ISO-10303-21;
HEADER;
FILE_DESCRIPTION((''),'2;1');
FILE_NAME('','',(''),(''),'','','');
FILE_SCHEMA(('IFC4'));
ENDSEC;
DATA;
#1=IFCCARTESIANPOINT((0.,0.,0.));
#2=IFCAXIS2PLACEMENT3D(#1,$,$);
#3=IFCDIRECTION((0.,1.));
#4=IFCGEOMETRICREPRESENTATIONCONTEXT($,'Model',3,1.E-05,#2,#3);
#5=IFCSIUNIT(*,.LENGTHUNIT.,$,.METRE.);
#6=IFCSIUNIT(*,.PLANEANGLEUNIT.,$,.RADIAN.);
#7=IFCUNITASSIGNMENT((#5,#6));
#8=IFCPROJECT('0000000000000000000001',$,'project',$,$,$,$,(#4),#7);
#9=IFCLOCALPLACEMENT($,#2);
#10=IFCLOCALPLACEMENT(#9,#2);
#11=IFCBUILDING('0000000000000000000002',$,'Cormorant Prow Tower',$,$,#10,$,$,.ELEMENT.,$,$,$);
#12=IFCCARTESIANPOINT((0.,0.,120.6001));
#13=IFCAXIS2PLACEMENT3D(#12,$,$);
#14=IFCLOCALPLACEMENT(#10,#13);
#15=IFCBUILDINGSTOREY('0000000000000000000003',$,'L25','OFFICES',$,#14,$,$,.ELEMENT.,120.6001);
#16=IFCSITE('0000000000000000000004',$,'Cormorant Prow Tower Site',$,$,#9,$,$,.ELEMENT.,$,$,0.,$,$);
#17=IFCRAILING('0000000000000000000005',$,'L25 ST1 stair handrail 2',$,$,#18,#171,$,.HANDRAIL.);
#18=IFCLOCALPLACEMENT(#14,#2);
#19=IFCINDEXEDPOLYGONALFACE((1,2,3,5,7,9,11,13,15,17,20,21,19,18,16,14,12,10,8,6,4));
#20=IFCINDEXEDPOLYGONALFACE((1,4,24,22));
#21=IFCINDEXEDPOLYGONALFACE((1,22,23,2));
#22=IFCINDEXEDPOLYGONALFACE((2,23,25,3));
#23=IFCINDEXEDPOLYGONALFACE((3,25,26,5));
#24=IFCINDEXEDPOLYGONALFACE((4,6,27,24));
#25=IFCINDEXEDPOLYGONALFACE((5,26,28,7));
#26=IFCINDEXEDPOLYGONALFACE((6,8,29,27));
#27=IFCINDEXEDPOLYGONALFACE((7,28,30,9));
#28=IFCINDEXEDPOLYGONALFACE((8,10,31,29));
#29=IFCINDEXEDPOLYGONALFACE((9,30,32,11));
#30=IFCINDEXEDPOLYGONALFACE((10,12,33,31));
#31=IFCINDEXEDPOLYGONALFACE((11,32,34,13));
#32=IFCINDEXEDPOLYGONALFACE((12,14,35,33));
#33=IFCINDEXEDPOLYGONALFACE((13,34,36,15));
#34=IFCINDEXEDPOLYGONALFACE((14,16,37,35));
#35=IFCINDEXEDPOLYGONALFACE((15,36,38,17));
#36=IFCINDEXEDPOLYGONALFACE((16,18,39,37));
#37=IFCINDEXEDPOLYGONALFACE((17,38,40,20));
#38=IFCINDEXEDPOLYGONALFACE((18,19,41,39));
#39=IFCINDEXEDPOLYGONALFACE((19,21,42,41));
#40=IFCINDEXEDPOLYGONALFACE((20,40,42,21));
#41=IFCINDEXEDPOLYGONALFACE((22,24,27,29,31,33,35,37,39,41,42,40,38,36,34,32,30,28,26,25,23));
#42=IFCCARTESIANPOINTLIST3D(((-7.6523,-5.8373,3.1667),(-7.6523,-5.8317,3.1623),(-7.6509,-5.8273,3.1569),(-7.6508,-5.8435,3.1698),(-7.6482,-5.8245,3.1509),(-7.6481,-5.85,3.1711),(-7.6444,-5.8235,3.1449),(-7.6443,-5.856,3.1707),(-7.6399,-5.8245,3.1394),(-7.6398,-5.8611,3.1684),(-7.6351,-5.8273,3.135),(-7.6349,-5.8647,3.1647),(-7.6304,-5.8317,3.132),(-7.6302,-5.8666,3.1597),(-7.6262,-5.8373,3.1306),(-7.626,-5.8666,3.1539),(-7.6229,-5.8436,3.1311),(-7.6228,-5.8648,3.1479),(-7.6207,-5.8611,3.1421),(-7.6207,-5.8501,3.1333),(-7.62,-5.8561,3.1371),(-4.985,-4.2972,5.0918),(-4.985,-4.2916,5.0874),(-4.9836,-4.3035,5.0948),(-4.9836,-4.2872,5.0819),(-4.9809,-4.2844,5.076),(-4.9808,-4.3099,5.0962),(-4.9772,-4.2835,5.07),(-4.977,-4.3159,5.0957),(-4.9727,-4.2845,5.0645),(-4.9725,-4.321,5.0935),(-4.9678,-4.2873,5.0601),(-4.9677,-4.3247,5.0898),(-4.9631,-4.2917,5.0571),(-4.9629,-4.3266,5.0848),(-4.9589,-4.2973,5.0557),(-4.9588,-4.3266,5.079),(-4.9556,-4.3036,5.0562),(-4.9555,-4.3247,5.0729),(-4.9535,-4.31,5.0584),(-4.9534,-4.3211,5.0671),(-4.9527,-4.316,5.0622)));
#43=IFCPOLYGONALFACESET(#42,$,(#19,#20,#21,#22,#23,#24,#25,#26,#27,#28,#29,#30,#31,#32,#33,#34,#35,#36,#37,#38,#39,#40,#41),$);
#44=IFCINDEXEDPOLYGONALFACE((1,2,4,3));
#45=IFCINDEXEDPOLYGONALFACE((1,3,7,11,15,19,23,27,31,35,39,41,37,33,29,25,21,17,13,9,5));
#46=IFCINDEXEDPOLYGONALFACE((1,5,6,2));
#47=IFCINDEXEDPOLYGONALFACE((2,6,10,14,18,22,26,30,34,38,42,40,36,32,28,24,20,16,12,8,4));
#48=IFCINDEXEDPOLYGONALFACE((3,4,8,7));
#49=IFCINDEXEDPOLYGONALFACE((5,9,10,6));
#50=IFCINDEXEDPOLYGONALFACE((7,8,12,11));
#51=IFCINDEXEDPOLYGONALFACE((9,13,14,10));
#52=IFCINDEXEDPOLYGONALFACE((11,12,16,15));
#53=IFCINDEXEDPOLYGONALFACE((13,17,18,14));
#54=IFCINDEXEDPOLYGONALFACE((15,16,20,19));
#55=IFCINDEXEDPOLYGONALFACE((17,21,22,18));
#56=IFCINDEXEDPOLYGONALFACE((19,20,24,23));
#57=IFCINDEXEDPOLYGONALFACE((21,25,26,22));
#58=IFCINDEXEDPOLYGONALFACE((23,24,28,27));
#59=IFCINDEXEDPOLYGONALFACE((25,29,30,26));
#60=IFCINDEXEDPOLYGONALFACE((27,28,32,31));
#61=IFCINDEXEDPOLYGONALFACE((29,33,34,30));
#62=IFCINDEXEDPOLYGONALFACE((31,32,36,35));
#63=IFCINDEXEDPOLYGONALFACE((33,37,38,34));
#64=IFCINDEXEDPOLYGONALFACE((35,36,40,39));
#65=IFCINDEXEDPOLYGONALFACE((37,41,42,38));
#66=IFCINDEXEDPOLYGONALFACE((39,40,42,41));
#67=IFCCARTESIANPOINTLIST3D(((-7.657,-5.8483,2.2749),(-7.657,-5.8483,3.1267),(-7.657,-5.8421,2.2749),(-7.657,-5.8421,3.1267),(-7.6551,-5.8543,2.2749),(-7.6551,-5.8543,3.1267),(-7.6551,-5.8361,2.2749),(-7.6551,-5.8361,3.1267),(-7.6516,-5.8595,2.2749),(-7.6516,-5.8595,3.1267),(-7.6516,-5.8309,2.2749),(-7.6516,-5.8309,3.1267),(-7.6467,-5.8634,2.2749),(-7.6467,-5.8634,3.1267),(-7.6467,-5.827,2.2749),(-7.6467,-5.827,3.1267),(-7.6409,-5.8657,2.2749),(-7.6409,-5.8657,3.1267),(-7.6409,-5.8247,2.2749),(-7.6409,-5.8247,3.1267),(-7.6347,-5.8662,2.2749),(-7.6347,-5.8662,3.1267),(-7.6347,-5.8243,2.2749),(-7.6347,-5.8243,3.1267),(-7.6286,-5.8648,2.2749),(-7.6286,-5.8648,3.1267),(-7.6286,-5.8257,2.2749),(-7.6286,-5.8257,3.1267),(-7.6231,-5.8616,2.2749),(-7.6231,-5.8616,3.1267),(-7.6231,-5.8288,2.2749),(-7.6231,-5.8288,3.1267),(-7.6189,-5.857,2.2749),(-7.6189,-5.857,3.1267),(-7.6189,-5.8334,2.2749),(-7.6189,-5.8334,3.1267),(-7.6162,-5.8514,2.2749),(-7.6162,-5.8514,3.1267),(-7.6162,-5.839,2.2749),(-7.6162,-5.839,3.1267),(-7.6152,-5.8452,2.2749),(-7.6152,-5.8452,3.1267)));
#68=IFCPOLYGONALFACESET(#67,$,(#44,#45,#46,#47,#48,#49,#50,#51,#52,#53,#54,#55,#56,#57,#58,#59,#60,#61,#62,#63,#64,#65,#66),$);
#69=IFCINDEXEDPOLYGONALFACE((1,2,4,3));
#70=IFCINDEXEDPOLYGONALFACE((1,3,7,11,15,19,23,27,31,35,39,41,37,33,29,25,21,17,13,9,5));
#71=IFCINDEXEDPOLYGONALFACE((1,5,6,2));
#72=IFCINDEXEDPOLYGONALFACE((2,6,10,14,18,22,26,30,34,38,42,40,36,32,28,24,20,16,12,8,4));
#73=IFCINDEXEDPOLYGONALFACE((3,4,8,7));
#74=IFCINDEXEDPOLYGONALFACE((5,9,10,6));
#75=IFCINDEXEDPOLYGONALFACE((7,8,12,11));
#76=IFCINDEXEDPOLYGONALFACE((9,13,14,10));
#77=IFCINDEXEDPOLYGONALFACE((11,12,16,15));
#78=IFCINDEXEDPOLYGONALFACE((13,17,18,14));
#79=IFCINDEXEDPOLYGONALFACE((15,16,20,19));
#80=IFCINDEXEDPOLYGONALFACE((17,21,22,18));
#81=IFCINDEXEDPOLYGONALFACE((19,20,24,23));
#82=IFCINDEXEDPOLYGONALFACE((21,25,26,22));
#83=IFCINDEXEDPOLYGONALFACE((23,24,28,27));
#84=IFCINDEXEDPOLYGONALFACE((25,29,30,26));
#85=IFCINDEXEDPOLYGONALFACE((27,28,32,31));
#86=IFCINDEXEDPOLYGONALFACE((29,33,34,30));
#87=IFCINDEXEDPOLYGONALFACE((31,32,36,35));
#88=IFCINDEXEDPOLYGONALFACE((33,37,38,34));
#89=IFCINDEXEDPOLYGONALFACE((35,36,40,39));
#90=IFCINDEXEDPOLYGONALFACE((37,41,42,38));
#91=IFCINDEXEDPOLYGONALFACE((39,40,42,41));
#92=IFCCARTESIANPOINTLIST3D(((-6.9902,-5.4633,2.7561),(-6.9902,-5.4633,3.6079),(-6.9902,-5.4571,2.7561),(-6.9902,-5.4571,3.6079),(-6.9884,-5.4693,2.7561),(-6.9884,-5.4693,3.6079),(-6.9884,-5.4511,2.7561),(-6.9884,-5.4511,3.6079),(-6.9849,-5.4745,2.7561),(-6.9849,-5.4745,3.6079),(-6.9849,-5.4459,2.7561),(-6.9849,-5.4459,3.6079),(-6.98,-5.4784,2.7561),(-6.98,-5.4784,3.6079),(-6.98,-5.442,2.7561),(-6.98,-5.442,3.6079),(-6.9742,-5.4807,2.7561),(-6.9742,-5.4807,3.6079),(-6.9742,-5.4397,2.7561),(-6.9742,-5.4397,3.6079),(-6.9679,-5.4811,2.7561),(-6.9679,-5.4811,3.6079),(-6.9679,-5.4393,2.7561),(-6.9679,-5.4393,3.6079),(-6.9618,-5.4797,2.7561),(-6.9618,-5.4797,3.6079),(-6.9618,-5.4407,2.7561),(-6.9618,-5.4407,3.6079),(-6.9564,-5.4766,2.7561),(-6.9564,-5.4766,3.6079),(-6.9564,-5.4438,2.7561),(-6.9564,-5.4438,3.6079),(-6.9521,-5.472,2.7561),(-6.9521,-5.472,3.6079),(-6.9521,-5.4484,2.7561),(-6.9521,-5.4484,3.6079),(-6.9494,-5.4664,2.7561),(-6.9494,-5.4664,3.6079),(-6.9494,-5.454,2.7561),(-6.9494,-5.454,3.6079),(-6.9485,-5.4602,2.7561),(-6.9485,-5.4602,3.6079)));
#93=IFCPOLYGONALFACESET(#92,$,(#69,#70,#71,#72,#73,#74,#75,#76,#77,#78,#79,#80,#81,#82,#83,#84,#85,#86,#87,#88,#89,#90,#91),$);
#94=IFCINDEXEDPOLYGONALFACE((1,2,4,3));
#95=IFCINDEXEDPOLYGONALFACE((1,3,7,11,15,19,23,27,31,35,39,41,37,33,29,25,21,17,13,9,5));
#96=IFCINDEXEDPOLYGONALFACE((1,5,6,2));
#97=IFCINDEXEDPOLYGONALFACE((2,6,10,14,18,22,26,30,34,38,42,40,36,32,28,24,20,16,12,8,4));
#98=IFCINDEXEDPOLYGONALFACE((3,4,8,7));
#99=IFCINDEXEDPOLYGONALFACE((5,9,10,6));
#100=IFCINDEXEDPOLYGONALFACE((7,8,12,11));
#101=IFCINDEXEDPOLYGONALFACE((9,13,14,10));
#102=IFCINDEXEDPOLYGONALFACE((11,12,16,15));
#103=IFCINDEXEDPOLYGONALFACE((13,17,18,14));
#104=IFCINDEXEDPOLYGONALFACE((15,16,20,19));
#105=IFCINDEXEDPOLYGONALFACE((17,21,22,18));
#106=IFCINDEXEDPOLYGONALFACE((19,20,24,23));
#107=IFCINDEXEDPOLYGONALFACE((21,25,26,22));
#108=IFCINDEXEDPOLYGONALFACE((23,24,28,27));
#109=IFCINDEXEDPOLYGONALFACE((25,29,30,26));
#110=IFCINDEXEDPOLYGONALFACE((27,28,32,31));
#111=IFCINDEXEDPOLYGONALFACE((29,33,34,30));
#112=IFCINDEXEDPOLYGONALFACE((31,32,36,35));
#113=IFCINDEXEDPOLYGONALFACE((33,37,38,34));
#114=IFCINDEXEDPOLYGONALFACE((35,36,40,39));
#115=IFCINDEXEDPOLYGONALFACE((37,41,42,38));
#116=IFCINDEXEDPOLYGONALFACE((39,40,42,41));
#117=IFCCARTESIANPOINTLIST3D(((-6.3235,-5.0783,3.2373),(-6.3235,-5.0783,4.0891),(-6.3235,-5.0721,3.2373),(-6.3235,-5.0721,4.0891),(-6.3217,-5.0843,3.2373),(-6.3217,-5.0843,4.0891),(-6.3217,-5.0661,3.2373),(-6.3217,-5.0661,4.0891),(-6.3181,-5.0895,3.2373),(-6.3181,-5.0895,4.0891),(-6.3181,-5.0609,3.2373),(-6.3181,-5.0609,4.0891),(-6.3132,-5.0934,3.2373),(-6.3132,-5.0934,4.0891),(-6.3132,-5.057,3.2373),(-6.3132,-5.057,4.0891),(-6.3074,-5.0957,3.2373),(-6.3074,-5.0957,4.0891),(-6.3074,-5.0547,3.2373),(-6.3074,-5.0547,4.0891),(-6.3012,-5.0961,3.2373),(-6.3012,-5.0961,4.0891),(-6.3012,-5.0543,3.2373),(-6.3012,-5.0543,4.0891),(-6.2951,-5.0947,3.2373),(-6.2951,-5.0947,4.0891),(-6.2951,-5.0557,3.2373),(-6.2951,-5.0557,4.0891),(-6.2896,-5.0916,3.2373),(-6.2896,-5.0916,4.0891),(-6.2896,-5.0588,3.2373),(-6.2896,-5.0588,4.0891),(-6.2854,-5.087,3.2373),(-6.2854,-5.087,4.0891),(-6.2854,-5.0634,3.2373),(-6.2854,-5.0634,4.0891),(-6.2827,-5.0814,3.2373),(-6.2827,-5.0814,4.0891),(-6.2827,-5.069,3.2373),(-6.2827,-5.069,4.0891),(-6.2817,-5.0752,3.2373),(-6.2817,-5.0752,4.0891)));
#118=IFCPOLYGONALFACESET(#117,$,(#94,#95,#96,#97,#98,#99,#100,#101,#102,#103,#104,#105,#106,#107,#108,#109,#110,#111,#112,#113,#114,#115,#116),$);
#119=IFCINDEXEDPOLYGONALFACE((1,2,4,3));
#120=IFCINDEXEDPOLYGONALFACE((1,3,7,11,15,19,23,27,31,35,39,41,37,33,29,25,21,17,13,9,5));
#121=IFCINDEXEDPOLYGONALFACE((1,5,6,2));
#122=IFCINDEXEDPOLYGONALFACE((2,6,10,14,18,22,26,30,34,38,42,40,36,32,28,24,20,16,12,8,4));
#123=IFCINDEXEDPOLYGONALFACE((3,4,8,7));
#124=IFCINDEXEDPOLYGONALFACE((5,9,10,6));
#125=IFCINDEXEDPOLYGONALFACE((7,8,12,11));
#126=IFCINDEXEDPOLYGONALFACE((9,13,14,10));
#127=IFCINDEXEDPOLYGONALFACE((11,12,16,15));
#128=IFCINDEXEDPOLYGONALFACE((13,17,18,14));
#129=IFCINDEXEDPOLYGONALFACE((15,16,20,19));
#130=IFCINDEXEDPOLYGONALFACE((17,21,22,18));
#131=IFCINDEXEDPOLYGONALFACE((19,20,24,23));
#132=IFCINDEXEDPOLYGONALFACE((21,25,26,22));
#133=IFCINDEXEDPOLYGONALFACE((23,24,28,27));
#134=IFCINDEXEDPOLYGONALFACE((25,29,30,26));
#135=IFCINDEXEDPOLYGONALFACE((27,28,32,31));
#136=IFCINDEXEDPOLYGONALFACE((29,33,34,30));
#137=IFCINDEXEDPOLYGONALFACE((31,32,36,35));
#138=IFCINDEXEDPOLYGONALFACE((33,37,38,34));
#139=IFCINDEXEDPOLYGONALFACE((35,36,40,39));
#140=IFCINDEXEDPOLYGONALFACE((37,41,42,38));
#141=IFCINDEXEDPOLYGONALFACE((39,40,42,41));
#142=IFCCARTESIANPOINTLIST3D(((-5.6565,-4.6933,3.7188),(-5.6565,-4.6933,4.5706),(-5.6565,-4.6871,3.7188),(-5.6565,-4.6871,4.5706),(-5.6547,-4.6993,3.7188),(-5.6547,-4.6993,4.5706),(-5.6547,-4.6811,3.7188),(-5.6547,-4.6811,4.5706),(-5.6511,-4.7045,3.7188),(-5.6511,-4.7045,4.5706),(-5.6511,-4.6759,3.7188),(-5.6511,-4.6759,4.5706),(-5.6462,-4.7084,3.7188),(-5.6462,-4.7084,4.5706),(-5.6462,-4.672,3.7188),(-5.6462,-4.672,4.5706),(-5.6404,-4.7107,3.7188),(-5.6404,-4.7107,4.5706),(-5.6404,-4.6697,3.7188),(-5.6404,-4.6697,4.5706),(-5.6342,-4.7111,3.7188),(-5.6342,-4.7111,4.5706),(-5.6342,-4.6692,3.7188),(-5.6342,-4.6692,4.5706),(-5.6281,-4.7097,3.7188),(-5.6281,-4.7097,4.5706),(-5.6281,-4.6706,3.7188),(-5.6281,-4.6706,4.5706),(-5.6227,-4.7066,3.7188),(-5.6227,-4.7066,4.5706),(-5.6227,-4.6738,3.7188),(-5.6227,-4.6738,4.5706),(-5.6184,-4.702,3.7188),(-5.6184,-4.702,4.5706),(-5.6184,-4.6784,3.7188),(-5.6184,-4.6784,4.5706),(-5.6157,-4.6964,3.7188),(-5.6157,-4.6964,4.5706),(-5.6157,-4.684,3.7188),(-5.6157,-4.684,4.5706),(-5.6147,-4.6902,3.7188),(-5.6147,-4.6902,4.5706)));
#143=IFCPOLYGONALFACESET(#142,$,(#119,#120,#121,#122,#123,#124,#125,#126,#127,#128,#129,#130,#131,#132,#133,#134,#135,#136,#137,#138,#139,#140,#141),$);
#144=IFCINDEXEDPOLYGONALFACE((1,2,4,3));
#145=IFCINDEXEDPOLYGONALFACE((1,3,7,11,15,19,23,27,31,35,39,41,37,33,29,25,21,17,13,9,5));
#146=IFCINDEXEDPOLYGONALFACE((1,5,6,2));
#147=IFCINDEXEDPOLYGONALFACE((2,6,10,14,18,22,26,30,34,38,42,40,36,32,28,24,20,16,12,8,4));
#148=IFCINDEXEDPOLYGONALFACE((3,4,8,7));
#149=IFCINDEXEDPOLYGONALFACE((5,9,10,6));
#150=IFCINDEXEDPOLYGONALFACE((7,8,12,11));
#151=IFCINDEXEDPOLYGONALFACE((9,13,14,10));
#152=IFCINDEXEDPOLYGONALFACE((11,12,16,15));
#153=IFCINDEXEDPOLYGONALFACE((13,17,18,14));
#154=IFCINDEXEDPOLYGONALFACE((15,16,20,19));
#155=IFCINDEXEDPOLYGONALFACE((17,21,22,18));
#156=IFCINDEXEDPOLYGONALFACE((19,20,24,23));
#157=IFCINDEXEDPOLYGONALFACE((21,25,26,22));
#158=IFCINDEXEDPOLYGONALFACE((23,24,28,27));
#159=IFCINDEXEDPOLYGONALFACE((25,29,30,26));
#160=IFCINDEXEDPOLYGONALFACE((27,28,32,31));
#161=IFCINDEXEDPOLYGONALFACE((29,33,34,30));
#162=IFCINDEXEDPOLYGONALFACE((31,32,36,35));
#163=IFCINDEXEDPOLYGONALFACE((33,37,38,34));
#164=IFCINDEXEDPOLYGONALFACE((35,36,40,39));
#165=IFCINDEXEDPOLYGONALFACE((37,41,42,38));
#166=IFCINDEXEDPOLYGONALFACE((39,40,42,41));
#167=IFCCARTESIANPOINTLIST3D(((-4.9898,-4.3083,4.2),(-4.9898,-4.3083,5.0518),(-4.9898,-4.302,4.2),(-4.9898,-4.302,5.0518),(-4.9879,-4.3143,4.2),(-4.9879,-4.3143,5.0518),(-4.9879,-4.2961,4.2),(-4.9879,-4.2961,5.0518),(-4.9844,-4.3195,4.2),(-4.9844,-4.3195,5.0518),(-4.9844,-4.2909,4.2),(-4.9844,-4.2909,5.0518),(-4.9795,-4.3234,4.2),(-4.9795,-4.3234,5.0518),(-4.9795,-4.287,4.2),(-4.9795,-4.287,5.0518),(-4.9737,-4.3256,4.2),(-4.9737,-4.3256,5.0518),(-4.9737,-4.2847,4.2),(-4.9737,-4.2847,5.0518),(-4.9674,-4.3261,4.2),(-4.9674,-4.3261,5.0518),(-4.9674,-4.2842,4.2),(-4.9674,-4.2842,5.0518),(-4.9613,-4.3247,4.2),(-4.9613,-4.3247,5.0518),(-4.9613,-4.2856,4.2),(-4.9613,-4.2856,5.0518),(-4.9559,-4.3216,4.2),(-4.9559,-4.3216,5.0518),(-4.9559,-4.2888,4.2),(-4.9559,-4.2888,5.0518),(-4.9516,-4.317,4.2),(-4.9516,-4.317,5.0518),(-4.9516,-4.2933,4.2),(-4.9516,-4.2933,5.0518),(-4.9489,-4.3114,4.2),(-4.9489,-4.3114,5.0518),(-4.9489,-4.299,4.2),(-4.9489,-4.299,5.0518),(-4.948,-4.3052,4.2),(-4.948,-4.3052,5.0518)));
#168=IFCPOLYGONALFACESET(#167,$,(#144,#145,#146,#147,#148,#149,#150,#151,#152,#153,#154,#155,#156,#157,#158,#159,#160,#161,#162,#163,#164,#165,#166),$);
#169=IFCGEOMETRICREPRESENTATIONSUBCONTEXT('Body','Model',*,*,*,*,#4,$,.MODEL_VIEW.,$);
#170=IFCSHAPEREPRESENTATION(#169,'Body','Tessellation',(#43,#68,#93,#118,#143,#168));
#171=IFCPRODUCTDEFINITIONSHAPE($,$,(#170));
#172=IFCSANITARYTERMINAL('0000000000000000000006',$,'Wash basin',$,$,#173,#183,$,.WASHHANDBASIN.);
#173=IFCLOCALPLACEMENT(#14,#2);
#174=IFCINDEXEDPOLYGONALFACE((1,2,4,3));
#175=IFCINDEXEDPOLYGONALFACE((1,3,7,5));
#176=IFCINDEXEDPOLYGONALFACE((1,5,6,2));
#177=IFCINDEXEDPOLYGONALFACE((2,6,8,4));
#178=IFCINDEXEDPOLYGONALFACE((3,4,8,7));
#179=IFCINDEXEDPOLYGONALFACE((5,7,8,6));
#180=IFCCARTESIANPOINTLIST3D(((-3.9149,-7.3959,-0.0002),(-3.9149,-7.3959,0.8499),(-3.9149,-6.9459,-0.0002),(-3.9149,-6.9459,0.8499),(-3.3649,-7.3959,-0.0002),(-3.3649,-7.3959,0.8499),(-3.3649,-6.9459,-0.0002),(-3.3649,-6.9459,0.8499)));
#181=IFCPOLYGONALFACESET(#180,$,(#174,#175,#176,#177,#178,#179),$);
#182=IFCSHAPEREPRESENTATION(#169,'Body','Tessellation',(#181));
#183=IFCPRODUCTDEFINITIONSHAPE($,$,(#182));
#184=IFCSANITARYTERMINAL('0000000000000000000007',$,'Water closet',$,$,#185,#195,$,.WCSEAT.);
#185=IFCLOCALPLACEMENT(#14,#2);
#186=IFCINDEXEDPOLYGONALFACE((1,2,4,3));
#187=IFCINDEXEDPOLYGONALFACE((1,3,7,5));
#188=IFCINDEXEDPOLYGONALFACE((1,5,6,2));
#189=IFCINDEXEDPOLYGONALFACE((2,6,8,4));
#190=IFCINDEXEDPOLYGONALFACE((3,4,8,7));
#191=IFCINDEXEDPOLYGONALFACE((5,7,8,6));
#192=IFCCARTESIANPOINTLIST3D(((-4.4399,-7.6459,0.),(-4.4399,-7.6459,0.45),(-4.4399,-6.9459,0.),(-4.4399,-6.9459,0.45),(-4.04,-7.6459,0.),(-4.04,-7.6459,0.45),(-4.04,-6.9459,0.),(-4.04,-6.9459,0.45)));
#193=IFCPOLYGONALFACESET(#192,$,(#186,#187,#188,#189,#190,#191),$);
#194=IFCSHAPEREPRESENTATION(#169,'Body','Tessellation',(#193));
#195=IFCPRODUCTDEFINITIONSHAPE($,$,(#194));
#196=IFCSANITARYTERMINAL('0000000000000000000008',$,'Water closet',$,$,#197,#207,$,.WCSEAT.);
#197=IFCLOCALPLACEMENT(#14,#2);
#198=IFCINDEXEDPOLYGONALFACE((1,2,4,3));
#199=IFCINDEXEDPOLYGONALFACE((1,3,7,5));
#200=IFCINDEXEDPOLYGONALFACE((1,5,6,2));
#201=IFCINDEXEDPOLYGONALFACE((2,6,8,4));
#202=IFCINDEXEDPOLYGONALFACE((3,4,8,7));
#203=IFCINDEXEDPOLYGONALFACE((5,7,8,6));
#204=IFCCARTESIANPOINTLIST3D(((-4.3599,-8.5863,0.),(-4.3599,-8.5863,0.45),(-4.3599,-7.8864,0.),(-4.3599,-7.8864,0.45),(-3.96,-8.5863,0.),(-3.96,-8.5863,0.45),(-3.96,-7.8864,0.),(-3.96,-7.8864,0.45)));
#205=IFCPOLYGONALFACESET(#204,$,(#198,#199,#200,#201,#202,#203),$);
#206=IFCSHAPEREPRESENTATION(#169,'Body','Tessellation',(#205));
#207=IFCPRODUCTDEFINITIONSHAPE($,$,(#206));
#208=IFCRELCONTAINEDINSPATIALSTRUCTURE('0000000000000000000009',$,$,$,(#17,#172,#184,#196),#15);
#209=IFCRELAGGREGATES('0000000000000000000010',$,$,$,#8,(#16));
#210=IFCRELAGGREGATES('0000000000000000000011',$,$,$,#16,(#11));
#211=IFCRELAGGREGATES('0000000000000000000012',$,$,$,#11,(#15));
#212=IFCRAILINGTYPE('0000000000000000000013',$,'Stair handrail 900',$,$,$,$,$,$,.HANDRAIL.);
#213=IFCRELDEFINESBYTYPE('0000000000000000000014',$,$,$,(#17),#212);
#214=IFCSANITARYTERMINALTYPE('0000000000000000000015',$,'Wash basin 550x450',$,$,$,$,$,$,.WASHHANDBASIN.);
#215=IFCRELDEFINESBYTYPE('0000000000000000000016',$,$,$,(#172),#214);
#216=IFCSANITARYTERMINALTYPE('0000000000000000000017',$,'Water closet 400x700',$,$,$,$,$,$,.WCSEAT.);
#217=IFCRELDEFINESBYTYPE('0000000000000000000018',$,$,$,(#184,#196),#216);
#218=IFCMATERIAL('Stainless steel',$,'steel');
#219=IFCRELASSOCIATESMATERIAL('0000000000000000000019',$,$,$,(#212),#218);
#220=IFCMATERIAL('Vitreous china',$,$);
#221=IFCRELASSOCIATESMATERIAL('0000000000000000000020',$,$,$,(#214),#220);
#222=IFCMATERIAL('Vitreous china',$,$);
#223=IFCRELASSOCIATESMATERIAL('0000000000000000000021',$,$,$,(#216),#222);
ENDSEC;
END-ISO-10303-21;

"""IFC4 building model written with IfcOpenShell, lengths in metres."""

from ifc_helpers import new_model, si_unit, direction, frame, origin, origin_2d, place, context, subcontext, project, spatial, rectangle, circle, extrude, material, type_object, element, save


model = new_model("IFC4")

# Units and contexts
model_context = context("Model", 3, precision=1e-05, world=origin(), true_north=direction((0.0, 1.0)))
body_context = subcontext(model_context, "Body", "Model", "MODEL_VIEW")
ifc_project = project(units=[si_unit("LENGTHUNIT", "METRE"), si_unit("PLANEANGLEUNIT", "RADIAN")], contexts=[model_context])

# Site, building, storey
site_placement = place(None, origin())
site = spatial("IfcSite", under=ifc_project, at=site_placement, Name="Cormorant Prow Tower Site", CompositionType="ELEMENT", RefElevation=0.0)
building_placement = place(site_placement, origin())
building = spatial("IfcBuilding", under=site, at=building_placement, Name="Cormorant Prow Tower", CompositionType="ELEMENT")
storey_placement = place(building_placement, frame((0.0, 0.0, 120.6001)))
storey = spatial("IfcBuildingStorey", under=building, at=storey_placement, Name="L25", Description="OFFICES", CompositionType="ELEMENT", Elevation=120.6001)

# Railing
ifc_material_1 = material(Name="Stainless steel", Category="steel")
railing_type_1 = type_object("IfcRailingType", Name="Stair handrail 900", PredefinedType="HANDRAIL", material=ifc_material_1)
railing_1_placement = place(storey_placement, frame((-7.6362, -5.8452, 2.2749)))
element("IfcRailing", 1, at=railing_1_placement, inside=storey, type_object=railing_type_1, Name="L25 ST1 stair handrail 2", PredefinedType="HANDRAIL", context=body_context, shape_type="SweptSolid", body=[
    extrude(circle(Radius=0.0239, at=origin_2d()), frame((0.0, 0.0, 0.876), z_axis=(0.734364, 0.424015, 0.530019), x_axis=(-0.500027, 0.86601, 0.0)), (0.0, 0.0, 1.0), 3.6321),
    extrude(circle(Radius=0.021, at=origin_2d()), origin(), (0.0, 0.0, 1.0), 0.8518),
    extrude(circle(Radius=0.021, at=origin_2d()), frame((0.6667, 0.385, 0.4812)), (0.0, 0.0, 1.0), 0.8518),
    extrude(circle(Radius=0.021, at=origin_2d()), frame((1.3335, 0.77, 0.9624)), (0.0, 0.0, 1.0), 0.8518),
    extrude(circle(Radius=0.021, at=origin_2d()), frame((2.0005, 1.155, 1.4438)), (0.0, 0.0, 1.0), 0.8518),
    extrude(circle(Radius=0.021, at=origin_2d()), frame((2.6672, 1.54, 1.925)), (0.0, 0.0, 1.0), 0.8518),
])

# Sanitary terminals
ifc_material_2 = material(Name="Vitreous china")
sanitary_terminal_type_1 = type_object("IfcSanitaryTerminalType", Name="Wash basin 550x450", PredefinedType="WASHHANDBASIN", material=ifc_material_2)
sanitary_terminal_placement = place(storey_placement, frame((-3.6399, -7.1709, -0.0002), z_axis=(0.0, 0.0, 1.0), x_axis=(-1.0, 0.0, 0.0)))
element("IfcSanitaryTerminal", 2, at=sanitary_terminal_placement, inside=storey, type_object=sanitary_terminal_type_1, Name="Wash basin", PredefinedType="WASHHANDBASIN", context=body_context, shape_type="SweptSolid", body=[
    extrude(rectangle(XDim=0.55, YDim=0.45, at=origin_2d()), origin(), (0.0, 0.0, 1.0), 0.8501),
])
ifc_material_3 = material(Name="Vitreous china")
sanitary_terminal_type_2 = type_object("IfcSanitaryTerminalType", Name="Water closet 400x700", PredefinedType="WCSEAT", material=ifc_material_3)
for number, where, z_axis, x_axis, name in (
    (3, (-4.24, -7.2959, 0.0), (0.0, 0.0, 1.0), (-1.0, 0.0, 0.0), "Water closet"),
    (4, (-4.1599, -8.2363, 0.0), (0.0, 0.0, 1.0), (1.0, 0.0, 0.0), "Water closet"),
):
    element("IfcSanitaryTerminal", number, at=place(storey_placement, frame(where, z_axis=z_axis, x_axis=x_axis)), inside=storey, type_object=sanitary_terminal_type_2, Name=name, PredefinedType="WCSEAT", context=body_context, shape_type="SweptSolid", body=[
        extrude(rectangle(XDim=0.3999, YDim=0.7, at=origin_2d()), origin(), (0.0, 0.0, 1.0), 0.45),
    ])

save(model, "model.ifc")
